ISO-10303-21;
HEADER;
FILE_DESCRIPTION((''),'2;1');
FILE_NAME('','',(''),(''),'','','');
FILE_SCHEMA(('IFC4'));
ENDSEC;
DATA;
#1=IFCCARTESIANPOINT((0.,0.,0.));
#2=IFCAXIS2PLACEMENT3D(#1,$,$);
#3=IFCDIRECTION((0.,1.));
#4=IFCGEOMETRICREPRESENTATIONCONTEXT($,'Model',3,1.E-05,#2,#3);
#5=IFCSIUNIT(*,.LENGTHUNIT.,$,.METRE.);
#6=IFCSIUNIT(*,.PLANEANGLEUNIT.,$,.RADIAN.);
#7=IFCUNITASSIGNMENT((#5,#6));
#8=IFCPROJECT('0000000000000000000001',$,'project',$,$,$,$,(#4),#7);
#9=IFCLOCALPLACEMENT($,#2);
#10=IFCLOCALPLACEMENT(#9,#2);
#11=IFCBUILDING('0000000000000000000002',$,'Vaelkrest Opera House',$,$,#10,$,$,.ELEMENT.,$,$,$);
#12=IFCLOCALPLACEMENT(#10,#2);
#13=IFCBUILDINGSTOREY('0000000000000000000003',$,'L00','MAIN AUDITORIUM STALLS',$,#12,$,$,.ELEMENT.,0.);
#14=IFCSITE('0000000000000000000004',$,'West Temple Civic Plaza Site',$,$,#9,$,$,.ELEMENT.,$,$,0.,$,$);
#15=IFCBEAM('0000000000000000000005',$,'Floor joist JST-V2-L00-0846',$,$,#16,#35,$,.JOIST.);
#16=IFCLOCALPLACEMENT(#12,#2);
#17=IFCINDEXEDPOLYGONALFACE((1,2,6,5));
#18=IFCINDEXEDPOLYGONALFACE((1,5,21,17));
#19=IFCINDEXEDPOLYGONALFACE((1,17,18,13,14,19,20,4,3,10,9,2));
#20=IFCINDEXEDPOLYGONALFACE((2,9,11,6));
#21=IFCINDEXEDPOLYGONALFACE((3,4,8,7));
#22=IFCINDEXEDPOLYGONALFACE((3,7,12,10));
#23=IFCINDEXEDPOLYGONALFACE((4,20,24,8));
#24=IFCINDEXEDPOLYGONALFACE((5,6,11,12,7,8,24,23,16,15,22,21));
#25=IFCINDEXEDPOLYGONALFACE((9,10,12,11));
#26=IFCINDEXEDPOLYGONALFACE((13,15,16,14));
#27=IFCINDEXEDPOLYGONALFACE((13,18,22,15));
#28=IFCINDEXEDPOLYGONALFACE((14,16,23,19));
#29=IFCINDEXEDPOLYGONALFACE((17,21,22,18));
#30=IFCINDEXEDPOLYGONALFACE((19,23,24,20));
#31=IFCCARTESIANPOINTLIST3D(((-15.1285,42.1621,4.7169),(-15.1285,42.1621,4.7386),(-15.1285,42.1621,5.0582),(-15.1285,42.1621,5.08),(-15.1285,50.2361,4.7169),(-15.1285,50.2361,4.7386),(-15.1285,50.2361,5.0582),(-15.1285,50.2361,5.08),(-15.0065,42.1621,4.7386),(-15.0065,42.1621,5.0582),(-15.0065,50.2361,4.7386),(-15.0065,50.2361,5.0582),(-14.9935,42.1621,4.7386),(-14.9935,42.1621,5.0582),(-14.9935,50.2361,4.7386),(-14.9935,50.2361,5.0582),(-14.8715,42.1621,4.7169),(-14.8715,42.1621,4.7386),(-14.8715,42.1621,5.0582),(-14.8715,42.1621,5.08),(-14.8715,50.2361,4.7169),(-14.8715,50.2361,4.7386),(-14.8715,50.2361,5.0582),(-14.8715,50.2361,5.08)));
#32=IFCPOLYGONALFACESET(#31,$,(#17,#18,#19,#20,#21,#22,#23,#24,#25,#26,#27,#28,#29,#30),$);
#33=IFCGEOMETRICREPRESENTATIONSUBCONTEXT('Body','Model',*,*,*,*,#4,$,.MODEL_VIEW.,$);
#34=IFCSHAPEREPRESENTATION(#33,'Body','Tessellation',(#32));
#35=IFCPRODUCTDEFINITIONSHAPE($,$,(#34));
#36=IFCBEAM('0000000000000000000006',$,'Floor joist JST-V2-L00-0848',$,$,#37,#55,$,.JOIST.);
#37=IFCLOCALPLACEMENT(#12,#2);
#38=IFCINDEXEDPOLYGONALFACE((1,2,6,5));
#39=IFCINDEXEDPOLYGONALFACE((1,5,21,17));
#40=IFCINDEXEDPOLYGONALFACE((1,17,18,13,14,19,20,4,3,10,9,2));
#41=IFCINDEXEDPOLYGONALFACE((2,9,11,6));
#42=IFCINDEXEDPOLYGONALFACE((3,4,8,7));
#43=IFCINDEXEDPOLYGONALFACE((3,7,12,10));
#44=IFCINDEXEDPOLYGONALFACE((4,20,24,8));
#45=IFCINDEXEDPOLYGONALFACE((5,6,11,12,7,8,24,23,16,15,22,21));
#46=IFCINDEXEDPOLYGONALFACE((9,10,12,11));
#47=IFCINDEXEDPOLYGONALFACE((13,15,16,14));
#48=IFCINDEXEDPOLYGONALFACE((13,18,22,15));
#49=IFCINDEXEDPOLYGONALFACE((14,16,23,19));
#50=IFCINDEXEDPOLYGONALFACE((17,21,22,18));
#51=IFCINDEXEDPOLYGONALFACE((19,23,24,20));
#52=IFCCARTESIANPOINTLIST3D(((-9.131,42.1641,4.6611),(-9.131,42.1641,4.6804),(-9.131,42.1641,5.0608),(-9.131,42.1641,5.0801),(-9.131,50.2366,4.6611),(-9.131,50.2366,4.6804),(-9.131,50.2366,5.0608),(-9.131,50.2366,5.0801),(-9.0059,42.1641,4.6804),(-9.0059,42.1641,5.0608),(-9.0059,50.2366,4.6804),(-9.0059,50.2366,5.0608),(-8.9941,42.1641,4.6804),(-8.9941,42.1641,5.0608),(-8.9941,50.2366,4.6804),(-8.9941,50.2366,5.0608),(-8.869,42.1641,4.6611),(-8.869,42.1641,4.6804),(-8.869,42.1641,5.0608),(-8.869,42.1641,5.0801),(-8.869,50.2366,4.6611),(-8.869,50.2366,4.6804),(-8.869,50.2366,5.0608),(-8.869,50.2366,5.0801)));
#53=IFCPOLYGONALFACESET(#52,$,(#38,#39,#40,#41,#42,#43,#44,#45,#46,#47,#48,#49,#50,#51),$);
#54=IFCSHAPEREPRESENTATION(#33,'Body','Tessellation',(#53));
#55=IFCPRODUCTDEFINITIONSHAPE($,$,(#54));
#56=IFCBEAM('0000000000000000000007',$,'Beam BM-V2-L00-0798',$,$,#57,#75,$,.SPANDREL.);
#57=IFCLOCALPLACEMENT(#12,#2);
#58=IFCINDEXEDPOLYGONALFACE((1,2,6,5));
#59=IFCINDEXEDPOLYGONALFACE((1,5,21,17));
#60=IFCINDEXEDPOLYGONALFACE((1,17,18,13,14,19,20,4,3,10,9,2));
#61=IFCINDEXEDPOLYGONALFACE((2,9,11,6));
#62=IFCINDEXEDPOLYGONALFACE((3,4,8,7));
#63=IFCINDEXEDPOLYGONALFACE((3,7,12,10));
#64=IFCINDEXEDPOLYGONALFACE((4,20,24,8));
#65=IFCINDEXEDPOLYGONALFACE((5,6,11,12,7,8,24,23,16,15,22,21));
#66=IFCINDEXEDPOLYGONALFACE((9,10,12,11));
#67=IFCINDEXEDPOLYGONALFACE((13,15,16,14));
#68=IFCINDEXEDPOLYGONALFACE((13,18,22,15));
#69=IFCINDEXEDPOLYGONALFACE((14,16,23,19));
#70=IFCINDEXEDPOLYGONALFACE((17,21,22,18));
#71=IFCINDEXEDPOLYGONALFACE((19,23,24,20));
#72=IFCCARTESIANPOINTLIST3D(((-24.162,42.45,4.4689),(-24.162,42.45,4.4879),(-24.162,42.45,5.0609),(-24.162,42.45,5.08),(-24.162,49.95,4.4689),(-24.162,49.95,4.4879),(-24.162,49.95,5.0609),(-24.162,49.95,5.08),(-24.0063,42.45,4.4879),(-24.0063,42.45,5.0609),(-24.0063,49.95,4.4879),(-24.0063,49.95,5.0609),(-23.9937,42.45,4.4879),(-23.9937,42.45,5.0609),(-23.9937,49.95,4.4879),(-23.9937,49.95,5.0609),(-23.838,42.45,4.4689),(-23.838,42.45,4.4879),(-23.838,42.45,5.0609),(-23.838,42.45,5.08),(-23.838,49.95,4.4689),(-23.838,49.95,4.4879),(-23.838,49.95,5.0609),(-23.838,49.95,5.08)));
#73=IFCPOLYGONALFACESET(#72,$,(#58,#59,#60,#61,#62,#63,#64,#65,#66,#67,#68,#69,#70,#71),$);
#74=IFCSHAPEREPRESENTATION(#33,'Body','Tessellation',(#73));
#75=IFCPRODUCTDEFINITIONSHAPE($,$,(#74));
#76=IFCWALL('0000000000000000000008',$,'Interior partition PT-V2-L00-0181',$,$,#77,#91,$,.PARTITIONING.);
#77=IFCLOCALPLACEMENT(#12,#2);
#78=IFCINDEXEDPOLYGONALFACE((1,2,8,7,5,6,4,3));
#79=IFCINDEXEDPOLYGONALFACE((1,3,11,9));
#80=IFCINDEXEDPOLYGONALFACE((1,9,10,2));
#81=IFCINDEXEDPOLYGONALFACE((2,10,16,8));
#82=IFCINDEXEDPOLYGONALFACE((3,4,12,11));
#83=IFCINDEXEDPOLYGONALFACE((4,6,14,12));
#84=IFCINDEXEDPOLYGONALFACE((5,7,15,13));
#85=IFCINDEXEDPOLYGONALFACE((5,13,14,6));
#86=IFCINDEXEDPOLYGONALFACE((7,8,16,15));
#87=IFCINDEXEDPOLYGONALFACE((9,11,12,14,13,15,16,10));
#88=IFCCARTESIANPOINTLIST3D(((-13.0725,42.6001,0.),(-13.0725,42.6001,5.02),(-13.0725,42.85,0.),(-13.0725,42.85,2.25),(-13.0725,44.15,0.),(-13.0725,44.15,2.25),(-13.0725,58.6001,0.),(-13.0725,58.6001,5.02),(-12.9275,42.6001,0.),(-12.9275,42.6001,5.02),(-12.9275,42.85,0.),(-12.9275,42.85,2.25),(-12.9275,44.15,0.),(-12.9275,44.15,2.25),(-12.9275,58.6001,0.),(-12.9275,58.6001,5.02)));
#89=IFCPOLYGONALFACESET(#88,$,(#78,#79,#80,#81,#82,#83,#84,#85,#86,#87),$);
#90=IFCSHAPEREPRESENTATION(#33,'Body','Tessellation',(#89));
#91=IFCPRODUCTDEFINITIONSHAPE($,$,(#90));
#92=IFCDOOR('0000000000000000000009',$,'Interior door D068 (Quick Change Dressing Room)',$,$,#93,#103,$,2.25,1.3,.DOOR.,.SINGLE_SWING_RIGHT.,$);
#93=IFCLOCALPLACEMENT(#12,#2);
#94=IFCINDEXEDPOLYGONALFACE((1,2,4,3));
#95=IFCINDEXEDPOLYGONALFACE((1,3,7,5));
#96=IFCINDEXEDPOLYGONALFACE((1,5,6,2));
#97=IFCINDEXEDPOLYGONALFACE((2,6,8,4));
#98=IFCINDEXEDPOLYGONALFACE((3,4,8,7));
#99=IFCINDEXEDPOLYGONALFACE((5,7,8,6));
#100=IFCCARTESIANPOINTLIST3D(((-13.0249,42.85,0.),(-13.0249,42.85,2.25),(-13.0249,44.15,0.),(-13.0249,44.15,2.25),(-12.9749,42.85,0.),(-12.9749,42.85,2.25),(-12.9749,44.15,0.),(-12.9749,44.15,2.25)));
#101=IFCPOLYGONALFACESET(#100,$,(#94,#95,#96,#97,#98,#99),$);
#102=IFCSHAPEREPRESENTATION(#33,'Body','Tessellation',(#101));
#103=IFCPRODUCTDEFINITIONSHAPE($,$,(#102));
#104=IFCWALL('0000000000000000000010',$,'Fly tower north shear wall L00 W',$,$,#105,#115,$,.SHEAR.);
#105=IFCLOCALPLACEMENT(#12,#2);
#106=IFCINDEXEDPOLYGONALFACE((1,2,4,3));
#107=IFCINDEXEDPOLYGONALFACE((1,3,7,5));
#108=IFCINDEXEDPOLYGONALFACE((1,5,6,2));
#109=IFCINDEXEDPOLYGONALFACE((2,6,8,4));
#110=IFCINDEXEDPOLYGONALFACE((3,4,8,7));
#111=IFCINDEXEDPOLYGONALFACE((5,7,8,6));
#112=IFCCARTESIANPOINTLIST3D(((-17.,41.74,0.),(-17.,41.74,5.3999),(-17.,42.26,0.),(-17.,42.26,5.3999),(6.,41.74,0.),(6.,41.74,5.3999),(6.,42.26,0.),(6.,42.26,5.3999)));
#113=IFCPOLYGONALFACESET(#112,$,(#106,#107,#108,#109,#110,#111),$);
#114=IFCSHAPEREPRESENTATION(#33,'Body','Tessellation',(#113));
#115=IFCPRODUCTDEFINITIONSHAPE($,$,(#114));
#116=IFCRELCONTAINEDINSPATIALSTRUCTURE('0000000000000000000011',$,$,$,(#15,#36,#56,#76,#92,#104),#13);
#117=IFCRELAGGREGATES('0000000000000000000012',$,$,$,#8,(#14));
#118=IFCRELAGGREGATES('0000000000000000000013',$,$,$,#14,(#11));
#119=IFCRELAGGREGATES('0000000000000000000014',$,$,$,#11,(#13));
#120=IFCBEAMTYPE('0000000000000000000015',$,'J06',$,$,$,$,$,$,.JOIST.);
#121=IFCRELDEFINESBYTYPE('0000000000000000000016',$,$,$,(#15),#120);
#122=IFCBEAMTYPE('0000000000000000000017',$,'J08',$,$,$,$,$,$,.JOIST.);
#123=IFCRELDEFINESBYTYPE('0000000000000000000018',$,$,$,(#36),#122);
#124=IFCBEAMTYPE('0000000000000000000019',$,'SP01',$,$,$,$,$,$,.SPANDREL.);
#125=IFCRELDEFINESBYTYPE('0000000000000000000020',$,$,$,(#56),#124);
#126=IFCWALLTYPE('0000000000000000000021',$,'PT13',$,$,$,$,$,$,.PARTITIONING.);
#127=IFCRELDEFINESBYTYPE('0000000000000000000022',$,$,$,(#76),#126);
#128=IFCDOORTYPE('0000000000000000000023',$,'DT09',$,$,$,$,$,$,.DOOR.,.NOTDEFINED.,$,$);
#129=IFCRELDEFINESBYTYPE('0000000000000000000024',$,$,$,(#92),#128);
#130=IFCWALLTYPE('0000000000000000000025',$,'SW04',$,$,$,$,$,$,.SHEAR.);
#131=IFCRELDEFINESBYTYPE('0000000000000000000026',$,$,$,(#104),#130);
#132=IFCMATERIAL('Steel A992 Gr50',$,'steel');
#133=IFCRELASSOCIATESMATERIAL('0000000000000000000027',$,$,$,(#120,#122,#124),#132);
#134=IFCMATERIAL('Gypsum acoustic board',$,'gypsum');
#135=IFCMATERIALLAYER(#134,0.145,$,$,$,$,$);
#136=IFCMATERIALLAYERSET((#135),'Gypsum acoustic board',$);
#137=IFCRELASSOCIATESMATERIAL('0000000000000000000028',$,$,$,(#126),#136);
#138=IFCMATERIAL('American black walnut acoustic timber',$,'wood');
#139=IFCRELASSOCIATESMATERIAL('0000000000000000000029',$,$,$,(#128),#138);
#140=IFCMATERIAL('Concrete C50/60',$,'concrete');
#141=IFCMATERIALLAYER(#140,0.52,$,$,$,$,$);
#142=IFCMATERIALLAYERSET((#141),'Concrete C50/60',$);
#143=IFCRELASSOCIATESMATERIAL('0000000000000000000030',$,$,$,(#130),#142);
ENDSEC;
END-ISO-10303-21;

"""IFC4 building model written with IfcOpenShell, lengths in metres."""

from ifc_helpers import new_model, si_unit, direction, frame, frame_2d, origin, origin_2d, place, context, subcontext, project, spatial, rectangle, i_section, extrude, material, layer, layer_set, material_profile, profile_set, type_object, element, fill, save


model = new_model("IFC4")

# Units and contexts
model_context = context("Model", 3, precision=1e-05, world=origin(), true_north=direction((0.0, 1.0)))
body_context = subcontext(model_context, "Body", "Model", "MODEL_VIEW")
ifc_project = project(units=[si_unit("LENGTHUNIT", "METRE"), si_unit("PLANEANGLEUNIT", "RADIAN")], contexts=[model_context])

# Site, building, storey
site_placement = place(None, origin())
site = spatial("IfcSite", under=ifc_project, at=site_placement, Name="West Temple Civic Plaza Site", CompositionType="ELEMENT", RefElevation=0.0)
building_placement = place(site_placement, origin())
building = spatial("IfcBuilding", under=site, at=building_placement, Name="Vaelkrest Opera House", CompositionType="ELEMENT")
storey_placement = place(building_placement, origin())
storey = spatial("IfcBuildingStorey", under=building, at=storey_placement, Name="L00", Description="MAIN AUDITORIUM STALLS", CompositionType="ELEMENT", Elevation=0.0)

# Shared definitions
ifc_material_1 = material(Name="Concrete C50/60", Category="concrete")

# Beams
ifc_material_2 = material(Name="Steel A992 Gr50", Category="steel")
ifc_material_profile_1 = material_profile(ifc_material_2, i_section(OverallWidth=0.2571, OverallDepth=0.363, WebThickness=0.0129, FlangeThickness=0.0217, at=origin_2d()), Name="W14X82")
ifc_profile_set_1 = profile_set([ifc_material_profile_1], Name="Steel A992 Gr50")
beam_type_1 = type_object("IfcBeamType", Name="J06", PredefinedType="JOIST", material=ifc_profile_set_1)
beam_1_placement = place(storey_placement, frame((-15.0, 42.1621, 4.8984), z_axis=(0.0, 1.0, 0.0), x_axis=(-1.0, 0.0, 0.0)))
element("IfcBeam", 1, at=beam_1_placement, inside=storey, type_object=beam_type_1, Name="Floor joist JST-V2-L00-0846", PredefinedType="JOIST", context=body_context, shape_type="SweptSolid", body=[
    extrude(i_section(OverallWidth=0.2571, OverallDepth=0.363, WebThickness=0.0129, FlangeThickness=0.0217, at=origin_2d()), origin(), (0.0, 0.0, 1.0), 8.074),
])
ifc_material_profile_2 = material_profile(ifc_material_2, i_section(OverallWidth=0.262, OverallDepth=0.4189, WebThickness=0.0117, FlangeThickness=0.0193, at=origin_2d()), Name="W16X77")
ifc_profile_set_2 = profile_set([ifc_material_profile_2], Name="Steel A992 Gr50")
beam_type_2 = type_object("IfcBeamType", Name="J08", PredefinedType="JOIST", material=ifc_profile_set_2)
beam_2_placement = place(storey_placement, frame((-9.0, 42.1641, 4.8706), z_axis=(0.0, 1.0, 0.0), x_axis=(-1.0, 0.0, 0.0)))
element("IfcBeam", 2, at=beam_2_placement, inside=storey, type_object=beam_type_2, Name="Floor joist JST-V2-L00-0848", PredefinedType="JOIST", context=body_context, shape_type="SweptSolid", body=[
    extrude(i_section(OverallWidth=0.262, OverallDepth=0.4189, WebThickness=0.0117, FlangeThickness=0.0193, at=origin_2d()), origin(), (0.0, 0.0, 1.0), 8.0725),
])
ifc_material_profile_3 = material_profile(ifc_material_2, i_section(OverallWidth=0.324, OverallDepth=0.6111, WebThickness=0.0127, FlangeThickness=0.019, at=origin_2d()), Name="W24X104")
ifc_profile_set_3 = profile_set([ifc_material_profile_3], Name="Steel A992 Gr50")
beam_type_3 = type_object("IfcBeamType", Name="SP01", PredefinedType="SPANDREL", material=ifc_profile_set_3)
beam_3_placement = place(storey_placement, frame((-24.0, 42.45, 4.7744), z_axis=(0.0, 1.0, 0.0), x_axis=(-1.0, 0.0, 0.0)))
element("IfcBeam", 3, at=beam_3_placement, inside=storey, type_object=beam_type_3, Name="Beam BM-V2-L00-0798", PredefinedType="SPANDREL", context=body_context, shape_type="SweptSolid", body=[
    extrude(i_section(OverallWidth=0.324, OverallDepth=0.6111, WebThickness=0.0127, FlangeThickness=0.019, at=origin_2d()), origin(), (0.0, 0.0, 1.0), 7.5),
])

# Wall, opening, door
ifc_material_3 = material(Name="Gypsum acoustic board", Category="gypsum")
ifc_layer_1 = layer(ifc_material_3, 0.145)
ifc_layer_set_1 = layer_set([ifc_layer_1], Name="Gypsum acoustic board")
wall_type_1 = type_object("IfcWallType", Name="PT13", PredefinedType="PARTITIONING", material=ifc_layer_set_1)
wall_1_placement = place(storey_placement, frame((-13.0, 42.6001, 0.0), z_axis=(0.0, 0.0, 1.0), x_axis=(0.0, 1.0, 0.0)))
wall_1 = element("IfcWall", 4, at=wall_1_placement, inside=storey, type_object=wall_type_1, Name="Interior partition PT-V2-L00-0181", PredefinedType="PARTITIONING", context=body_context, shape_type="SweptSolid", body=[
    extrude(rectangle(XDim=16.0, YDim=0.145, at=frame_2d((8.0, 0.0))), origin(), (0.0, 0.0, 1.0), 5.02),
])
opening_placement = place(wall_1_placement, frame((0.25, 0.0, 0.0)))
opening = element("IfcOpeningElement", 5, at=opening_placement, cuts=wall_1, PredefinedType="OPENING", context=body_context, shape_type="SweptSolid", body=[
    extrude(rectangle(XDim=1.3, YDim=2.25, at=frame_2d((0.6499, 1.125))), frame((0.0, 0.0825, 0.0), z_axis=(0.0, -1.0, 0.0), x_axis=(1.0, 0.0, 0.0)), (0.0, 0.0, 1.0), 0.165),
])
ifc_material_4 = material(Name="American black walnut acoustic timber", Category="wood")
door_type = type_object("IfcDoorType", Name="DT09", OperationType="NOTDEFINED", PredefinedType="DOOR", material=ifc_material_4)
door_placement = place(opening_placement, origin())
door = element("IfcDoor", 6, at=door_placement, inside=storey, type_object=door_type, Name="Interior door D068 (Quick Change Dressing Room)", OperationType="SINGLE_SWING_RIGHT", OverallHeight=2.25, OverallWidth=1.3, PredefinedType="DOOR", context=body_context, shape_type="SweptSolid", body=[
    extrude(rectangle(XDim=1.3, YDim=2.25, at=frame_2d((0.6499, 1.125))), frame((0.0, 0.0249, 0.0), z_axis=(0.0, -1.0, 0.0), x_axis=(1.0, 0.0, 0.0)), (0.0, 0.0, 1.0), 0.05),
])
fill(opening, door)

# Wall
ifc_layer_2 = layer(ifc_material_1, 0.52)
ifc_layer_set_2 = layer_set([ifc_layer_2], Name="Concrete C50/60")
wall_type_2 = type_object("IfcWallType", Name="SW04", PredefinedType="SHEAR", material=ifc_layer_set_2)
wall_2_placement = place(storey_placement, frame((-17.0, 42.0, 0.0), z_axis=(0.0, 0.0, 1.0), x_axis=(1.0, 0.0, 0.0)))
element("IfcWall", 7, at=wall_2_placement, inside=storey, type_object=wall_type_2, Name="Fly tower north shear wall L00 W", PredefinedType="SHEAR", context=body_context, shape_type="SweptSolid", body=[
    extrude(rectangle(XDim=23.0, YDim=0.52, at=frame_2d((11.5, 0.0))), origin(), (0.0, 0.0, 1.0), 5.3999),
])

save(model, "model.ifc")
